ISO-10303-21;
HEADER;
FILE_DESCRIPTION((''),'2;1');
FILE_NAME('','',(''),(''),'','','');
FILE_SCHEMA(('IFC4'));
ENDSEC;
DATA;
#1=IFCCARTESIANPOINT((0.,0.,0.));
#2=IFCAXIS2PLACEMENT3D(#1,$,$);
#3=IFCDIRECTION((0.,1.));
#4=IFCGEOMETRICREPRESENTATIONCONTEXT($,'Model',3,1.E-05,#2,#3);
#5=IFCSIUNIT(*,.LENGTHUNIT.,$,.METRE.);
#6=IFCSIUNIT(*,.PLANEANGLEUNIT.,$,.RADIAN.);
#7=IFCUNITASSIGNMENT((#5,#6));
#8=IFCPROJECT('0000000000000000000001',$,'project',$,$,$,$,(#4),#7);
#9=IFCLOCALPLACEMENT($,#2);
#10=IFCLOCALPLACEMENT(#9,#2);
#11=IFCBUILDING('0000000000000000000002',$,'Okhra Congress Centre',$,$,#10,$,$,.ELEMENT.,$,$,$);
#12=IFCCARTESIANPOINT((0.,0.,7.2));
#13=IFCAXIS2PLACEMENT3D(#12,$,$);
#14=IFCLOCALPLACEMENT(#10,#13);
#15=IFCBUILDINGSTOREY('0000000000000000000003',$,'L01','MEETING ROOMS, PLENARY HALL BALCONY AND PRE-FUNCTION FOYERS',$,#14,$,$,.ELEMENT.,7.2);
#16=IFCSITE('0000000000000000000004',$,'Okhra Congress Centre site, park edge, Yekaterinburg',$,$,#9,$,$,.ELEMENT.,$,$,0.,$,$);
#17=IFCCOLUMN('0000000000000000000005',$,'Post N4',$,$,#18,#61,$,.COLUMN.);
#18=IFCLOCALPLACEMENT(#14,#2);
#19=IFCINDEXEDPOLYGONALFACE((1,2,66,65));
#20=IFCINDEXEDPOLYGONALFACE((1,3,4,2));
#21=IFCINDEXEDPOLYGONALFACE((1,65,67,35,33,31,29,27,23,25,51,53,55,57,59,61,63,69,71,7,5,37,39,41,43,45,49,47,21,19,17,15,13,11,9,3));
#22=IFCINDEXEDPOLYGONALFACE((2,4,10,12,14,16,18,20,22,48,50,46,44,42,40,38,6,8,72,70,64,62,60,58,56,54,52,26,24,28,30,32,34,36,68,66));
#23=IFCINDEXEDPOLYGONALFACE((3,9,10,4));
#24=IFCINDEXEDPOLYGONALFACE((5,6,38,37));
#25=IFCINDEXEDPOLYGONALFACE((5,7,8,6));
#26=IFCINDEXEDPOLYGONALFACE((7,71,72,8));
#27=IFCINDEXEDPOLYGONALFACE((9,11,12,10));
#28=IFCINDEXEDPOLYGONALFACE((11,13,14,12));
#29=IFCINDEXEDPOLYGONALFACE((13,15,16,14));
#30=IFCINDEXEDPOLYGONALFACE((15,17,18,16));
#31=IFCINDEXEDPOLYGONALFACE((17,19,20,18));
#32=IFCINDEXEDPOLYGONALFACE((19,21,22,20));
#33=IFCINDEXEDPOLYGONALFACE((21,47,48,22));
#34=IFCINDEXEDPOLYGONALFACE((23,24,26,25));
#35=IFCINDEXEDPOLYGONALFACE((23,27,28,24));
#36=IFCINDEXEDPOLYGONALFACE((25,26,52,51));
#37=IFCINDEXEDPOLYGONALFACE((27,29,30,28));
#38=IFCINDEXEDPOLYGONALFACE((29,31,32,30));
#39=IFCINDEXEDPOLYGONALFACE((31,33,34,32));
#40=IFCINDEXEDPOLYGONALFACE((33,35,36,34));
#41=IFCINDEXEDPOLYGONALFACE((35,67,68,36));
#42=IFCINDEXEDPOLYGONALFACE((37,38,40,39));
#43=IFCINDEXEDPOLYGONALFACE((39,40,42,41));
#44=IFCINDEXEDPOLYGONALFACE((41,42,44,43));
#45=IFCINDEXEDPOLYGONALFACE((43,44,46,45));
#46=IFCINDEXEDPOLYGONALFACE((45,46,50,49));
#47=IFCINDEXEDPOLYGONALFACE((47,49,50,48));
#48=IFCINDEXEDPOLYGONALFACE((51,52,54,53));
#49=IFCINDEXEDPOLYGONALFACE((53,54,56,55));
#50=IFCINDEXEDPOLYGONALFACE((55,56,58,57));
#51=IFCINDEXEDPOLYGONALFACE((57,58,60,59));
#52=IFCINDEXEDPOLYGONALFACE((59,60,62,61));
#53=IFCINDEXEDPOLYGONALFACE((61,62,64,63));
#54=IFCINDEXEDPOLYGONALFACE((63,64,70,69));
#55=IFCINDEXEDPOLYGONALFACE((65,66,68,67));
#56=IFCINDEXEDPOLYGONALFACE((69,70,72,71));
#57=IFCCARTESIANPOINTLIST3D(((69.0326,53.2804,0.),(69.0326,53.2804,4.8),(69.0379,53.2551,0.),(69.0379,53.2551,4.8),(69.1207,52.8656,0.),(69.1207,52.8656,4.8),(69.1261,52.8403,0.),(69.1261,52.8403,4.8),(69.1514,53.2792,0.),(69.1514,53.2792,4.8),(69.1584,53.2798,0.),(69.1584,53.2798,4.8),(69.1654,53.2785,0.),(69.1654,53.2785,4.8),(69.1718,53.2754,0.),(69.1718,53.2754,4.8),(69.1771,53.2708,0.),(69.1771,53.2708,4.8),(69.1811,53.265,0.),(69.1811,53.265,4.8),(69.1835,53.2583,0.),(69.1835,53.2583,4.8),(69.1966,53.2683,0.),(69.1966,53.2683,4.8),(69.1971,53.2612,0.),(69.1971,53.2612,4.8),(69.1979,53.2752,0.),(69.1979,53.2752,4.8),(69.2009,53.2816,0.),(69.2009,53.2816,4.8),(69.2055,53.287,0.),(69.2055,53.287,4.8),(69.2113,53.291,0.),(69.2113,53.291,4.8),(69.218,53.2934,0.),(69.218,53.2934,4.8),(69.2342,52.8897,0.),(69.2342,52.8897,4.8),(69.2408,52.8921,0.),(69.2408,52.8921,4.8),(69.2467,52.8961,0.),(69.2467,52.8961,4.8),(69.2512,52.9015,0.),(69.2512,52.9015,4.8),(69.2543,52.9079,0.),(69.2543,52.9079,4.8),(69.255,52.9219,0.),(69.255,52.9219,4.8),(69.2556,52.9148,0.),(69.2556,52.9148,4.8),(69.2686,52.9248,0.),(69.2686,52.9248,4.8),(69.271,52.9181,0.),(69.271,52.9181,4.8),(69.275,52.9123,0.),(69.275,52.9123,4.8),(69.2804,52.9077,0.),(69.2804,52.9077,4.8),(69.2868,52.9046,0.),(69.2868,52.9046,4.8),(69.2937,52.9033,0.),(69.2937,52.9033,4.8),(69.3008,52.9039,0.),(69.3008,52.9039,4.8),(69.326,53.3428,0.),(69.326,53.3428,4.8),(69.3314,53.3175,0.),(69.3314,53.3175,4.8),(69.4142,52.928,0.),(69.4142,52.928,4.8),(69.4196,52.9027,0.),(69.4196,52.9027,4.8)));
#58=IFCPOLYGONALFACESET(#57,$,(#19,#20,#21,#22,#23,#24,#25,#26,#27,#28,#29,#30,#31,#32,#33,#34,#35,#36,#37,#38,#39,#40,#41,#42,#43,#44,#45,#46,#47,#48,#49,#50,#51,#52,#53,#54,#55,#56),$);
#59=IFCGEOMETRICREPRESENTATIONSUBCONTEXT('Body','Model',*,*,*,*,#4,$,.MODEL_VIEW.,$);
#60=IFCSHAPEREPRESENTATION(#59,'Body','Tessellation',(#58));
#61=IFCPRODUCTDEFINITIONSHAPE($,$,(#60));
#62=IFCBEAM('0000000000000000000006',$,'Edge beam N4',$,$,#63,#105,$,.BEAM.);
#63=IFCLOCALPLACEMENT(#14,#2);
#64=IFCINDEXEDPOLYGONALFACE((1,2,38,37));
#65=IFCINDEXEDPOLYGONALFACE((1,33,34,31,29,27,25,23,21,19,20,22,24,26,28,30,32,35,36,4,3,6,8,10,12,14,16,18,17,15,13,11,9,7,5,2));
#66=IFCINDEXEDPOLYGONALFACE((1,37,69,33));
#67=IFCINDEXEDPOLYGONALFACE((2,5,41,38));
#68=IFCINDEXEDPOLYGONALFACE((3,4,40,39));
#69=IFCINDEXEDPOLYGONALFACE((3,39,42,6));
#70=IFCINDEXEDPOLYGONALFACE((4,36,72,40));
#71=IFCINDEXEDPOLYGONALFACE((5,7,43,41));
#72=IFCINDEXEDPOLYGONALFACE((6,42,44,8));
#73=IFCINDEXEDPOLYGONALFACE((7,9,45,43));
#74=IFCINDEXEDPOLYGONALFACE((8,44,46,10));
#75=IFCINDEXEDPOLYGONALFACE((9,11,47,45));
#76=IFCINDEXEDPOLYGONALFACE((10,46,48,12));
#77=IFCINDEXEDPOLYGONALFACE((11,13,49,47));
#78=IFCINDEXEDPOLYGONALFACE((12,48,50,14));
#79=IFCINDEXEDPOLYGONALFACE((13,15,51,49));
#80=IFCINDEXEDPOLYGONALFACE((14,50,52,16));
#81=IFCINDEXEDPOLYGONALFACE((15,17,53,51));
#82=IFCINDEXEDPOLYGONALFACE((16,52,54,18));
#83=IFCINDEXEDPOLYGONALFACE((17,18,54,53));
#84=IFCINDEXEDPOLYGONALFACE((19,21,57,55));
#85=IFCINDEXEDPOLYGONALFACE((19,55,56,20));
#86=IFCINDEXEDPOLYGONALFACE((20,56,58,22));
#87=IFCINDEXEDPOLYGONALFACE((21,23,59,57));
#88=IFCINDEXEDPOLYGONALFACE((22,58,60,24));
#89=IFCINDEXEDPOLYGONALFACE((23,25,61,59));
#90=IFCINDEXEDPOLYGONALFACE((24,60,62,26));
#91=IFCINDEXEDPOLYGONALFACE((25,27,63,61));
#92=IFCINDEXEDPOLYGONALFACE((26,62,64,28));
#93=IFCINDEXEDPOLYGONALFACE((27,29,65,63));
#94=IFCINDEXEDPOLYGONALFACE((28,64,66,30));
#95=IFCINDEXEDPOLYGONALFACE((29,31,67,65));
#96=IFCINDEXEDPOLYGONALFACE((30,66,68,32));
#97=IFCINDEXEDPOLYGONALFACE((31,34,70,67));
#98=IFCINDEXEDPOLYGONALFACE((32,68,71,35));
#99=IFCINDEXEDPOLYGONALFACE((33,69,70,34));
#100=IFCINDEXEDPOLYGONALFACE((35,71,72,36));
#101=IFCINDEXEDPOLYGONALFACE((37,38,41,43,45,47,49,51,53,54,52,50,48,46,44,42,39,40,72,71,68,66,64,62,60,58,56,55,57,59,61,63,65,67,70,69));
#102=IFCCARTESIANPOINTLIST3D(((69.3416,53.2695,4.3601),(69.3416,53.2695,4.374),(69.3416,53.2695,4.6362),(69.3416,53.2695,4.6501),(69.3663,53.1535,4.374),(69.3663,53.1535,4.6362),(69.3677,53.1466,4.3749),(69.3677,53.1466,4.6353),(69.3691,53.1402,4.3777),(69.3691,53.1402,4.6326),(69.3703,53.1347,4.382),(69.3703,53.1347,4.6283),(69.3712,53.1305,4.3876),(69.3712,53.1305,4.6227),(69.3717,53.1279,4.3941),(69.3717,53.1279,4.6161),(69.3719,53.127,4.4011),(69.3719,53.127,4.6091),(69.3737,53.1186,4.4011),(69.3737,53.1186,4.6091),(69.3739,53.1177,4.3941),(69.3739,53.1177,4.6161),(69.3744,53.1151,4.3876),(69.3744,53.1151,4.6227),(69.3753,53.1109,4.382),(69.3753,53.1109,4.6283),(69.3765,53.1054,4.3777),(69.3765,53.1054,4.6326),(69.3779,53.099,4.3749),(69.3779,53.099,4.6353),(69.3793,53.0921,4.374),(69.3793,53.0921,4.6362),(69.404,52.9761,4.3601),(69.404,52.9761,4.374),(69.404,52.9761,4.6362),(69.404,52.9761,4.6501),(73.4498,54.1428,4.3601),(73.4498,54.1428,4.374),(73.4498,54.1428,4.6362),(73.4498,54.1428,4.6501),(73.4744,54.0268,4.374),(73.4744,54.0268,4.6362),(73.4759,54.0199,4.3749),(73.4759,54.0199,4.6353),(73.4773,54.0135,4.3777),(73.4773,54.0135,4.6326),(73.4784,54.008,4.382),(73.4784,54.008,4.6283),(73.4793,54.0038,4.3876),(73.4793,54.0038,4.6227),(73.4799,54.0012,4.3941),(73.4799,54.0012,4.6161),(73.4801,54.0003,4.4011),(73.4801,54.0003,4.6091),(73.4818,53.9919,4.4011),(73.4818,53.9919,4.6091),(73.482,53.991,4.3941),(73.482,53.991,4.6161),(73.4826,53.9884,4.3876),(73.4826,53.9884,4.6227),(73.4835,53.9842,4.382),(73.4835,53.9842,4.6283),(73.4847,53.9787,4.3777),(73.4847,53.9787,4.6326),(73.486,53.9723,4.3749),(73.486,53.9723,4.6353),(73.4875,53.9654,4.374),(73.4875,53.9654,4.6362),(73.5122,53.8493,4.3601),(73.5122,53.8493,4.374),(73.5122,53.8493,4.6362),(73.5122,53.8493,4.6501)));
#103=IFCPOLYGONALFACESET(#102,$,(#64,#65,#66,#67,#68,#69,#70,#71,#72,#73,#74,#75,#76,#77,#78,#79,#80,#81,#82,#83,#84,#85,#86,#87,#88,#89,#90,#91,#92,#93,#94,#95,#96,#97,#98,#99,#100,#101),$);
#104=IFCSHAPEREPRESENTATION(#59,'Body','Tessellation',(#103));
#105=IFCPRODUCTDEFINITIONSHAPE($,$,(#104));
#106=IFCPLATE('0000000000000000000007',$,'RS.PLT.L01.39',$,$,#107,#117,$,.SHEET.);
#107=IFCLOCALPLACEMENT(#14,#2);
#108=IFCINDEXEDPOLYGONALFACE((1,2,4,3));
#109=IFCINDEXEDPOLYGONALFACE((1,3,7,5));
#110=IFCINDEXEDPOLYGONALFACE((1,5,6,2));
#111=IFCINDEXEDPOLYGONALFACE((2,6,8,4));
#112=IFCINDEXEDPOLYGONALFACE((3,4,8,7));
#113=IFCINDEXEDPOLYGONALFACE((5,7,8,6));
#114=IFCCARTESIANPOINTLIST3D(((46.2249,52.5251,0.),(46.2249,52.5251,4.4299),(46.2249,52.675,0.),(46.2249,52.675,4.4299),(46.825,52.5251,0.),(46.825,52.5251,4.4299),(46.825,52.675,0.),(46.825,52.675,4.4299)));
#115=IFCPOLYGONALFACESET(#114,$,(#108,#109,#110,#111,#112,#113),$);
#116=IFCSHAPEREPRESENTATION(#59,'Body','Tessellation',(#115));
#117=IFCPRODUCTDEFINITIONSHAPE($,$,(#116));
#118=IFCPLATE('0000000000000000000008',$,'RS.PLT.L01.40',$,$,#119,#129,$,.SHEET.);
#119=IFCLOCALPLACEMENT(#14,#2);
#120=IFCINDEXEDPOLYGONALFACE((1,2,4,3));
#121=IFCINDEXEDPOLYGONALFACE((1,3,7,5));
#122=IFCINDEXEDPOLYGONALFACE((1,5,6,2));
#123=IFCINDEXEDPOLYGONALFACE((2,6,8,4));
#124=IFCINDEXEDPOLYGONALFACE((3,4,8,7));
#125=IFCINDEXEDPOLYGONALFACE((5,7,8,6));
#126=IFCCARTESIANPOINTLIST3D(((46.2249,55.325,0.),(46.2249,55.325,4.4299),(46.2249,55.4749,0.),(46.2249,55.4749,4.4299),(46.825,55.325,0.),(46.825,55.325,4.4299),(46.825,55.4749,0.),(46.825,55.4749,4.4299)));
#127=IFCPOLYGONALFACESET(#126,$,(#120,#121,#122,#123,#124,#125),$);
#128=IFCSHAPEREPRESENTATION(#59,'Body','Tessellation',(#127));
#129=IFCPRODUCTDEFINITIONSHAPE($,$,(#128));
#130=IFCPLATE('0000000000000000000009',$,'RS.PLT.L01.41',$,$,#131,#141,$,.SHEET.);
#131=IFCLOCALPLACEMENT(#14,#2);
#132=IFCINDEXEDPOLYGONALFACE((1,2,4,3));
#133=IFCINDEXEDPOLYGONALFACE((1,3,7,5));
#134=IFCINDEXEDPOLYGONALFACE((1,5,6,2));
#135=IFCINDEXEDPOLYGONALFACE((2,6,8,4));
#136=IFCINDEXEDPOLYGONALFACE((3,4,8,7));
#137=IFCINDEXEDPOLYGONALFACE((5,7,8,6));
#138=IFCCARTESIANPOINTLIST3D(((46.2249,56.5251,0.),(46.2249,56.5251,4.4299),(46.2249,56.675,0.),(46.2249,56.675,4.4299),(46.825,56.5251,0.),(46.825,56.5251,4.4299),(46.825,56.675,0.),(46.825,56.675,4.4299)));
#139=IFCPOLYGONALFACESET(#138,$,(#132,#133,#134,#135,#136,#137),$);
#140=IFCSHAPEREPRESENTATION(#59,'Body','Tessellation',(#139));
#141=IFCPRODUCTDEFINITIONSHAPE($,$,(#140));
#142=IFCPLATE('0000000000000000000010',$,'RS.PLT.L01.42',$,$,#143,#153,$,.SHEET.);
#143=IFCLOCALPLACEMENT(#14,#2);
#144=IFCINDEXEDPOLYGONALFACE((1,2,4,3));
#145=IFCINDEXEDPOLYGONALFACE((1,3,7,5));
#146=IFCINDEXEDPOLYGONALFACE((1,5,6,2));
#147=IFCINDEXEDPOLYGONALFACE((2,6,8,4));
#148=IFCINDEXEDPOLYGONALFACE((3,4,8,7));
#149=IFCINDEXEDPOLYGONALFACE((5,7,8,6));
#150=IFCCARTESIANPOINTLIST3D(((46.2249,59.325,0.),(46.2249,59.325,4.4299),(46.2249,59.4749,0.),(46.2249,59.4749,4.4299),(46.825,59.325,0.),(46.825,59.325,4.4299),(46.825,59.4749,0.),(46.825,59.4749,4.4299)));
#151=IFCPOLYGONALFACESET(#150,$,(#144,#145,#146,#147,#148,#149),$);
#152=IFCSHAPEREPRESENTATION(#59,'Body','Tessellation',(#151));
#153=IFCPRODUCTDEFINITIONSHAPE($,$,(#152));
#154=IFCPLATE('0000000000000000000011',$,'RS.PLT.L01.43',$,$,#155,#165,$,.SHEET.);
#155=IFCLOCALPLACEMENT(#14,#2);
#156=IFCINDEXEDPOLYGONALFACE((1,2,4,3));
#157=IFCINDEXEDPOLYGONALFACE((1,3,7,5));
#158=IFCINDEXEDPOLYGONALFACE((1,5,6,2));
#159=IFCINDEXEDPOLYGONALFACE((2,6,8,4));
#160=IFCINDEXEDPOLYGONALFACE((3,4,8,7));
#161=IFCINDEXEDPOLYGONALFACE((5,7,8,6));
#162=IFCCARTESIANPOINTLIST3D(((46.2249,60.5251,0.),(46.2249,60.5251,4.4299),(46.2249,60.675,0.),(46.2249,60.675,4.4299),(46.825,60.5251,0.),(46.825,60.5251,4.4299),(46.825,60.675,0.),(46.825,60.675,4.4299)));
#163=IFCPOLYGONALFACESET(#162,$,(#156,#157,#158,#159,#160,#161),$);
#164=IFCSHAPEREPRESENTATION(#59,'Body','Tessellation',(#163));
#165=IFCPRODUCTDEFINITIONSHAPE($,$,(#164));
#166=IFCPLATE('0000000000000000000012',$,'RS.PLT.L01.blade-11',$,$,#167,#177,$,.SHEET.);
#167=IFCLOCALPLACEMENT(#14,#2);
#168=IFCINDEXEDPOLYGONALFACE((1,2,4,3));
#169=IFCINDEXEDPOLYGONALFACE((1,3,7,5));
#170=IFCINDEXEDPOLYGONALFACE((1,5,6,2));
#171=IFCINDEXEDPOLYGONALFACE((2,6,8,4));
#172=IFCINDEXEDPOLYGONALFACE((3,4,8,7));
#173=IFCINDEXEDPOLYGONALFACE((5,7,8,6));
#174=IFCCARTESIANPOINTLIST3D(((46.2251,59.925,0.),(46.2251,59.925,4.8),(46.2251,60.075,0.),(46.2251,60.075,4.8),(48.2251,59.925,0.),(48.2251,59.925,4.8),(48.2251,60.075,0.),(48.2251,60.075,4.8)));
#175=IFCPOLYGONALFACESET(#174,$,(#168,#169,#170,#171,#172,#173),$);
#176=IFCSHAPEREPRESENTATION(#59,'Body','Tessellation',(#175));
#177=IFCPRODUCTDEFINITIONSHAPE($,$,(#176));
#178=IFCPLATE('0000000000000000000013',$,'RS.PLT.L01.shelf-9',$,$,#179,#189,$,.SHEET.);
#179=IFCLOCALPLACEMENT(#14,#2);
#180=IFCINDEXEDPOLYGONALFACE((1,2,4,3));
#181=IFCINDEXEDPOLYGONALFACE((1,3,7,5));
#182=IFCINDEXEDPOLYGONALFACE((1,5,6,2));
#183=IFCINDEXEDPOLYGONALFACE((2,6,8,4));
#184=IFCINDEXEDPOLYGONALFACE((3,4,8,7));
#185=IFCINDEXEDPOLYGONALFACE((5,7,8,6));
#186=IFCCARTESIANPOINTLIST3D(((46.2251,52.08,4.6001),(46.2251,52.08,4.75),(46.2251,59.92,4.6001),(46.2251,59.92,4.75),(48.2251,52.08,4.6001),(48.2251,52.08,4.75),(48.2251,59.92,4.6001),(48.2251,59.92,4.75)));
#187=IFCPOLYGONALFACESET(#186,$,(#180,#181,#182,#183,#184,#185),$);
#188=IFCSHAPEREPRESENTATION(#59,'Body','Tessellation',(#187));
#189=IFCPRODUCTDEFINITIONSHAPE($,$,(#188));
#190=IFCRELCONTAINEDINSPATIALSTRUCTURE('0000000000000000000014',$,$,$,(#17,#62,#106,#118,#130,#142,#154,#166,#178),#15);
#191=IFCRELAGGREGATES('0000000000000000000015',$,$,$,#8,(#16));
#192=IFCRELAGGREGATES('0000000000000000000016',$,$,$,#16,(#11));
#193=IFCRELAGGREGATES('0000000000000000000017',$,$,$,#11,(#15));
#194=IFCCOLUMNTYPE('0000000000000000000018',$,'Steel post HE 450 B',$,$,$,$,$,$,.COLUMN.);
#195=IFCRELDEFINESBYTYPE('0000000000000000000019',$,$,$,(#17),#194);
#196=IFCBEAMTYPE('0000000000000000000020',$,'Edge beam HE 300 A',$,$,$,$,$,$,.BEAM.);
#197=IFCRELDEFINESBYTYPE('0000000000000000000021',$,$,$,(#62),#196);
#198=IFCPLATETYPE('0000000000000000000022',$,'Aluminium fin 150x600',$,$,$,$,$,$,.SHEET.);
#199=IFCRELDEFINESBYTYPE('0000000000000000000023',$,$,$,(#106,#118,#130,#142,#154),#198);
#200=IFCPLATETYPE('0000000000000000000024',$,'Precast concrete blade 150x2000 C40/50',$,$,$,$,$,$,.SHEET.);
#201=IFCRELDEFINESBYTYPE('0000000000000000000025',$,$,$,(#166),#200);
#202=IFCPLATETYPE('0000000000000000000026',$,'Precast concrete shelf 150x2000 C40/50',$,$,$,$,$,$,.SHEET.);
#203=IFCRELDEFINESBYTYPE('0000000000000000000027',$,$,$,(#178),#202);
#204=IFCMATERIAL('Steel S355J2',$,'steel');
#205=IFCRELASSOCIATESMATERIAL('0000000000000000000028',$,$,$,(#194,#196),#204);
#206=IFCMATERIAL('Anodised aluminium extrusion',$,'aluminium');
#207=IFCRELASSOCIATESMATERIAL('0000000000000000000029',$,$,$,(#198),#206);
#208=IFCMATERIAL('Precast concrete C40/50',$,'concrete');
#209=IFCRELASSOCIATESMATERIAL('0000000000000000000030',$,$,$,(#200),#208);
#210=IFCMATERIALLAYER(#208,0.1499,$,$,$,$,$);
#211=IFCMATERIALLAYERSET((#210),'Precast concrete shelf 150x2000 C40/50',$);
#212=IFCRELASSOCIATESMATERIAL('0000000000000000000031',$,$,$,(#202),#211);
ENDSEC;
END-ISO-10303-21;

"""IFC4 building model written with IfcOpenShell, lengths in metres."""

from ifc_helpers import new_model, si_unit, direction, frame, origin, origin_2d, place, context, subcontext, project, spatial, rectangle, i_section, extrude, material, layer, layer_set, material_profile, profile_set, type_object, element, save


model = new_model("IFC4")

# Units and contexts
model_context = context("Model", 3, precision=1e-05, world=origin(), true_north=direction((0.0, 1.0)))
body_context = subcontext(model_context, "Body", "Model", "MODEL_VIEW")
ifc_project = project(units=[si_unit("LENGTHUNIT", "METRE"), si_unit("PLANEANGLEUNIT", "RADIAN")], contexts=[model_context])

# Site, building, storey
site_placement = place(None, origin())
site = spatial("IfcSite", under=ifc_project, at=site_placement, Name="Okhra Congress Centre site, park edge, Yekaterinburg", CompositionType="ELEMENT", RefElevation=0.0)
building_placement = place(site_placement, origin())
building = spatial("IfcBuilding", under=site, at=building_placement, Name="Okhra Congress Centre", CompositionType="ELEMENT")
storey_placement = place(building_placement, frame((0.0, 0.0, 7.2)))
storey = spatial("IfcBuildingStorey", under=building, at=storey_placement, Name="L01", Description="MEETING ROOMS, PLENARY HALL BALCONY AND PRE-FUNCTION FOYERS", CompositionType="ELEMENT", Elevation=7.2)

# Column
ifc_material_1 = material(Name="Steel S355J2", Category="steel")
ifc_material_profile_1 = material_profile(ifc_material_1, i_section(OverallWidth=0.3, OverallDepth=0.45, WebThickness=0.0139, FlangeThickness=0.0259, FilletRadius=0.0271, at=origin_2d()), Name="HE 450 B")
ifc_profile_set_1 = profile_set([ifc_material_profile_1], Name="Steel S355J2")
column_type = type_object("IfcColumnType", Name="Steel post HE 450 B", PredefinedType="COLUMN", material=ifc_profile_set_1)
column_placement = place(storey_placement, frame((69.2261, 53.0916, 0.0), z_axis=(0.0, 0.0, 1.0), x_axis=(0.978148, 0.207912, 0.0)))
element("IfcColumn", 1, at=column_placement, inside=storey, type_object=column_type, Name="Post N4", PredefinedType="COLUMN", context=body_context, shape_type="SweptSolid", body=[
    extrude(i_section(OverallWidth=0.3, OverallDepth=0.45, WebThickness=0.0139, FlangeThickness=0.0259, FilletRadius=0.0271, at=origin_2d()), origin(), (0.0, 0.0, 1.0), 4.8),
])

# Beam
ifc_material_profile_2 = material_profile(ifc_material_1, i_section(OverallWidth=0.3, OverallDepth=0.29, WebThickness=0.0085, FlangeThickness=0.0139, FilletRadius=0.0271, at=origin_2d()), Name="HE 300 A")
ifc_profile_set_2 = profile_set([ifc_material_profile_2], Name="Steel S355J2")
beam_type = type_object("IfcBeamType", Name="Edge beam HE 300 A", PredefinedType="BEAM", material=ifc_profile_set_2)
beam_placement = place(storey_placement, frame((69.3728, 53.1228, 4.5051), z_axis=(0.978144, 0.207929, 0.0), x_axis=(-0.207929, 0.978144, 0.0)))
element("IfcBeam", 2, at=beam_placement, inside=storey, type_object=beam_type, Name="Edge beam N4", PredefinedType="BEAM", context=body_context, shape_type="SweptSolid", body=[
    extrude(i_section(OverallWidth=0.3, OverallDepth=0.29, WebThickness=0.0085, FlangeThickness=0.0139, FilletRadius=0.0271, at=origin_2d()), origin(), (0.0, 0.0, 1.0), 4.2),
])

# Plates
ifc_material_2 = material(Name="Anodised aluminium extrusion", Category="aluminium")
plate_type_1 = type_object("IfcPlateType", Name="Aluminium fin 150x600", PredefinedType="SHEET", material=ifc_material_2)
for number, where, z_axis, x_axis, name in (
    (3, (46.5249, 52.6001, 0.0), (0.0, 0.0, 1.0), (0.0, 1.0, 0.0), "RS.PLT.L01.39"),
    (4, (46.5249, 55.3999, 0.0), (0.0, 0.0, 1.0), (0.0, 1.0, 0.0), "RS.PLT.L01.40"),
    (5, (46.5249, 56.6001, 0.0), (0.0, 0.0, 1.0), (0.0, 1.0, 0.0), "RS.PLT.L01.41"),
    (6, (46.5249, 59.3999, 0.0), (0.0, 0.0, 1.0), (0.0, 1.0, 0.0), "RS.PLT.L01.42"),
    (7, (46.5249, 60.6001, 0.0), (0.0, 0.0, 1.0), (0.0, 1.0, 0.0), "RS.PLT.L01.43"),
):
    element("IfcPlate", number, at=place(storey_placement, frame(where, z_axis=z_axis, x_axis=x_axis)), inside=storey, type_object=plate_type_1, Name=name, PredefinedType="SHEET", context=body_context, shape_type="SweptSolid", body=[
        extrude(rectangle(XDim=0.1499, YDim=0.6001, at=origin_2d()), origin(), (0.0, 0.0, 1.0), 4.4299),
    ])
ifc_material_3 = material(Name="Precast concrete C40/50", Category="concrete")
plate_type_2 = type_object("IfcPlateType", Name="Precast concrete blade 150x2000 C40/50", PredefinedType="SHEET", material=ifc_material_3)
plate_1_placement = place(storey_placement, frame((47.2251, 60.0, 0.0), z_axis=(0.0, 0.0, 1.0), x_axis=(0.0, 1.0, 0.0)))
element("IfcPlate", 8, at=plate_1_placement, inside=storey, type_object=plate_type_2, Name="RS.PLT.L01.blade-11", PredefinedType="SHEET", context=body_context, shape_type="SweptSolid", body=[
    extrude(rectangle(XDim=0.1499, YDim=2.0, at=origin_2d()), origin(), (0.0, 0.0, 1.0), 4.8),
])
ifc_layer_1 = layer(ifc_material_3, 0.1499)
ifc_layer_set_1 = layer_set([ifc_layer_1], Name="Precast concrete shelf 150x2000 C40/50")
plate_type_3 = type_object("IfcPlateType", Name="Precast concrete shelf 150x2000 C40/50", PredefinedType="SHEET", material=ifc_layer_set_1)
plate_2_placement = place(storey_placement, frame((47.2251, 56.0, 4.6001), z_axis=(0.0, 0.0, 1.0), x_axis=(0.0, 1.0, 0.0)))
element("IfcPlate", 9, at=plate_2_placement, inside=storey, type_object=plate_type_3, Name="RS.PLT.L01.shelf-9", PredefinedType="SHEET", context=body_context, shape_type="SweptSolid", body=[
    extrude(rectangle(XDim=7.8401, YDim=2.0, at=origin_2d()), origin(), (0.0, 0.0, 1.0), 0.1499),
])

save(model, "model.ifc")
